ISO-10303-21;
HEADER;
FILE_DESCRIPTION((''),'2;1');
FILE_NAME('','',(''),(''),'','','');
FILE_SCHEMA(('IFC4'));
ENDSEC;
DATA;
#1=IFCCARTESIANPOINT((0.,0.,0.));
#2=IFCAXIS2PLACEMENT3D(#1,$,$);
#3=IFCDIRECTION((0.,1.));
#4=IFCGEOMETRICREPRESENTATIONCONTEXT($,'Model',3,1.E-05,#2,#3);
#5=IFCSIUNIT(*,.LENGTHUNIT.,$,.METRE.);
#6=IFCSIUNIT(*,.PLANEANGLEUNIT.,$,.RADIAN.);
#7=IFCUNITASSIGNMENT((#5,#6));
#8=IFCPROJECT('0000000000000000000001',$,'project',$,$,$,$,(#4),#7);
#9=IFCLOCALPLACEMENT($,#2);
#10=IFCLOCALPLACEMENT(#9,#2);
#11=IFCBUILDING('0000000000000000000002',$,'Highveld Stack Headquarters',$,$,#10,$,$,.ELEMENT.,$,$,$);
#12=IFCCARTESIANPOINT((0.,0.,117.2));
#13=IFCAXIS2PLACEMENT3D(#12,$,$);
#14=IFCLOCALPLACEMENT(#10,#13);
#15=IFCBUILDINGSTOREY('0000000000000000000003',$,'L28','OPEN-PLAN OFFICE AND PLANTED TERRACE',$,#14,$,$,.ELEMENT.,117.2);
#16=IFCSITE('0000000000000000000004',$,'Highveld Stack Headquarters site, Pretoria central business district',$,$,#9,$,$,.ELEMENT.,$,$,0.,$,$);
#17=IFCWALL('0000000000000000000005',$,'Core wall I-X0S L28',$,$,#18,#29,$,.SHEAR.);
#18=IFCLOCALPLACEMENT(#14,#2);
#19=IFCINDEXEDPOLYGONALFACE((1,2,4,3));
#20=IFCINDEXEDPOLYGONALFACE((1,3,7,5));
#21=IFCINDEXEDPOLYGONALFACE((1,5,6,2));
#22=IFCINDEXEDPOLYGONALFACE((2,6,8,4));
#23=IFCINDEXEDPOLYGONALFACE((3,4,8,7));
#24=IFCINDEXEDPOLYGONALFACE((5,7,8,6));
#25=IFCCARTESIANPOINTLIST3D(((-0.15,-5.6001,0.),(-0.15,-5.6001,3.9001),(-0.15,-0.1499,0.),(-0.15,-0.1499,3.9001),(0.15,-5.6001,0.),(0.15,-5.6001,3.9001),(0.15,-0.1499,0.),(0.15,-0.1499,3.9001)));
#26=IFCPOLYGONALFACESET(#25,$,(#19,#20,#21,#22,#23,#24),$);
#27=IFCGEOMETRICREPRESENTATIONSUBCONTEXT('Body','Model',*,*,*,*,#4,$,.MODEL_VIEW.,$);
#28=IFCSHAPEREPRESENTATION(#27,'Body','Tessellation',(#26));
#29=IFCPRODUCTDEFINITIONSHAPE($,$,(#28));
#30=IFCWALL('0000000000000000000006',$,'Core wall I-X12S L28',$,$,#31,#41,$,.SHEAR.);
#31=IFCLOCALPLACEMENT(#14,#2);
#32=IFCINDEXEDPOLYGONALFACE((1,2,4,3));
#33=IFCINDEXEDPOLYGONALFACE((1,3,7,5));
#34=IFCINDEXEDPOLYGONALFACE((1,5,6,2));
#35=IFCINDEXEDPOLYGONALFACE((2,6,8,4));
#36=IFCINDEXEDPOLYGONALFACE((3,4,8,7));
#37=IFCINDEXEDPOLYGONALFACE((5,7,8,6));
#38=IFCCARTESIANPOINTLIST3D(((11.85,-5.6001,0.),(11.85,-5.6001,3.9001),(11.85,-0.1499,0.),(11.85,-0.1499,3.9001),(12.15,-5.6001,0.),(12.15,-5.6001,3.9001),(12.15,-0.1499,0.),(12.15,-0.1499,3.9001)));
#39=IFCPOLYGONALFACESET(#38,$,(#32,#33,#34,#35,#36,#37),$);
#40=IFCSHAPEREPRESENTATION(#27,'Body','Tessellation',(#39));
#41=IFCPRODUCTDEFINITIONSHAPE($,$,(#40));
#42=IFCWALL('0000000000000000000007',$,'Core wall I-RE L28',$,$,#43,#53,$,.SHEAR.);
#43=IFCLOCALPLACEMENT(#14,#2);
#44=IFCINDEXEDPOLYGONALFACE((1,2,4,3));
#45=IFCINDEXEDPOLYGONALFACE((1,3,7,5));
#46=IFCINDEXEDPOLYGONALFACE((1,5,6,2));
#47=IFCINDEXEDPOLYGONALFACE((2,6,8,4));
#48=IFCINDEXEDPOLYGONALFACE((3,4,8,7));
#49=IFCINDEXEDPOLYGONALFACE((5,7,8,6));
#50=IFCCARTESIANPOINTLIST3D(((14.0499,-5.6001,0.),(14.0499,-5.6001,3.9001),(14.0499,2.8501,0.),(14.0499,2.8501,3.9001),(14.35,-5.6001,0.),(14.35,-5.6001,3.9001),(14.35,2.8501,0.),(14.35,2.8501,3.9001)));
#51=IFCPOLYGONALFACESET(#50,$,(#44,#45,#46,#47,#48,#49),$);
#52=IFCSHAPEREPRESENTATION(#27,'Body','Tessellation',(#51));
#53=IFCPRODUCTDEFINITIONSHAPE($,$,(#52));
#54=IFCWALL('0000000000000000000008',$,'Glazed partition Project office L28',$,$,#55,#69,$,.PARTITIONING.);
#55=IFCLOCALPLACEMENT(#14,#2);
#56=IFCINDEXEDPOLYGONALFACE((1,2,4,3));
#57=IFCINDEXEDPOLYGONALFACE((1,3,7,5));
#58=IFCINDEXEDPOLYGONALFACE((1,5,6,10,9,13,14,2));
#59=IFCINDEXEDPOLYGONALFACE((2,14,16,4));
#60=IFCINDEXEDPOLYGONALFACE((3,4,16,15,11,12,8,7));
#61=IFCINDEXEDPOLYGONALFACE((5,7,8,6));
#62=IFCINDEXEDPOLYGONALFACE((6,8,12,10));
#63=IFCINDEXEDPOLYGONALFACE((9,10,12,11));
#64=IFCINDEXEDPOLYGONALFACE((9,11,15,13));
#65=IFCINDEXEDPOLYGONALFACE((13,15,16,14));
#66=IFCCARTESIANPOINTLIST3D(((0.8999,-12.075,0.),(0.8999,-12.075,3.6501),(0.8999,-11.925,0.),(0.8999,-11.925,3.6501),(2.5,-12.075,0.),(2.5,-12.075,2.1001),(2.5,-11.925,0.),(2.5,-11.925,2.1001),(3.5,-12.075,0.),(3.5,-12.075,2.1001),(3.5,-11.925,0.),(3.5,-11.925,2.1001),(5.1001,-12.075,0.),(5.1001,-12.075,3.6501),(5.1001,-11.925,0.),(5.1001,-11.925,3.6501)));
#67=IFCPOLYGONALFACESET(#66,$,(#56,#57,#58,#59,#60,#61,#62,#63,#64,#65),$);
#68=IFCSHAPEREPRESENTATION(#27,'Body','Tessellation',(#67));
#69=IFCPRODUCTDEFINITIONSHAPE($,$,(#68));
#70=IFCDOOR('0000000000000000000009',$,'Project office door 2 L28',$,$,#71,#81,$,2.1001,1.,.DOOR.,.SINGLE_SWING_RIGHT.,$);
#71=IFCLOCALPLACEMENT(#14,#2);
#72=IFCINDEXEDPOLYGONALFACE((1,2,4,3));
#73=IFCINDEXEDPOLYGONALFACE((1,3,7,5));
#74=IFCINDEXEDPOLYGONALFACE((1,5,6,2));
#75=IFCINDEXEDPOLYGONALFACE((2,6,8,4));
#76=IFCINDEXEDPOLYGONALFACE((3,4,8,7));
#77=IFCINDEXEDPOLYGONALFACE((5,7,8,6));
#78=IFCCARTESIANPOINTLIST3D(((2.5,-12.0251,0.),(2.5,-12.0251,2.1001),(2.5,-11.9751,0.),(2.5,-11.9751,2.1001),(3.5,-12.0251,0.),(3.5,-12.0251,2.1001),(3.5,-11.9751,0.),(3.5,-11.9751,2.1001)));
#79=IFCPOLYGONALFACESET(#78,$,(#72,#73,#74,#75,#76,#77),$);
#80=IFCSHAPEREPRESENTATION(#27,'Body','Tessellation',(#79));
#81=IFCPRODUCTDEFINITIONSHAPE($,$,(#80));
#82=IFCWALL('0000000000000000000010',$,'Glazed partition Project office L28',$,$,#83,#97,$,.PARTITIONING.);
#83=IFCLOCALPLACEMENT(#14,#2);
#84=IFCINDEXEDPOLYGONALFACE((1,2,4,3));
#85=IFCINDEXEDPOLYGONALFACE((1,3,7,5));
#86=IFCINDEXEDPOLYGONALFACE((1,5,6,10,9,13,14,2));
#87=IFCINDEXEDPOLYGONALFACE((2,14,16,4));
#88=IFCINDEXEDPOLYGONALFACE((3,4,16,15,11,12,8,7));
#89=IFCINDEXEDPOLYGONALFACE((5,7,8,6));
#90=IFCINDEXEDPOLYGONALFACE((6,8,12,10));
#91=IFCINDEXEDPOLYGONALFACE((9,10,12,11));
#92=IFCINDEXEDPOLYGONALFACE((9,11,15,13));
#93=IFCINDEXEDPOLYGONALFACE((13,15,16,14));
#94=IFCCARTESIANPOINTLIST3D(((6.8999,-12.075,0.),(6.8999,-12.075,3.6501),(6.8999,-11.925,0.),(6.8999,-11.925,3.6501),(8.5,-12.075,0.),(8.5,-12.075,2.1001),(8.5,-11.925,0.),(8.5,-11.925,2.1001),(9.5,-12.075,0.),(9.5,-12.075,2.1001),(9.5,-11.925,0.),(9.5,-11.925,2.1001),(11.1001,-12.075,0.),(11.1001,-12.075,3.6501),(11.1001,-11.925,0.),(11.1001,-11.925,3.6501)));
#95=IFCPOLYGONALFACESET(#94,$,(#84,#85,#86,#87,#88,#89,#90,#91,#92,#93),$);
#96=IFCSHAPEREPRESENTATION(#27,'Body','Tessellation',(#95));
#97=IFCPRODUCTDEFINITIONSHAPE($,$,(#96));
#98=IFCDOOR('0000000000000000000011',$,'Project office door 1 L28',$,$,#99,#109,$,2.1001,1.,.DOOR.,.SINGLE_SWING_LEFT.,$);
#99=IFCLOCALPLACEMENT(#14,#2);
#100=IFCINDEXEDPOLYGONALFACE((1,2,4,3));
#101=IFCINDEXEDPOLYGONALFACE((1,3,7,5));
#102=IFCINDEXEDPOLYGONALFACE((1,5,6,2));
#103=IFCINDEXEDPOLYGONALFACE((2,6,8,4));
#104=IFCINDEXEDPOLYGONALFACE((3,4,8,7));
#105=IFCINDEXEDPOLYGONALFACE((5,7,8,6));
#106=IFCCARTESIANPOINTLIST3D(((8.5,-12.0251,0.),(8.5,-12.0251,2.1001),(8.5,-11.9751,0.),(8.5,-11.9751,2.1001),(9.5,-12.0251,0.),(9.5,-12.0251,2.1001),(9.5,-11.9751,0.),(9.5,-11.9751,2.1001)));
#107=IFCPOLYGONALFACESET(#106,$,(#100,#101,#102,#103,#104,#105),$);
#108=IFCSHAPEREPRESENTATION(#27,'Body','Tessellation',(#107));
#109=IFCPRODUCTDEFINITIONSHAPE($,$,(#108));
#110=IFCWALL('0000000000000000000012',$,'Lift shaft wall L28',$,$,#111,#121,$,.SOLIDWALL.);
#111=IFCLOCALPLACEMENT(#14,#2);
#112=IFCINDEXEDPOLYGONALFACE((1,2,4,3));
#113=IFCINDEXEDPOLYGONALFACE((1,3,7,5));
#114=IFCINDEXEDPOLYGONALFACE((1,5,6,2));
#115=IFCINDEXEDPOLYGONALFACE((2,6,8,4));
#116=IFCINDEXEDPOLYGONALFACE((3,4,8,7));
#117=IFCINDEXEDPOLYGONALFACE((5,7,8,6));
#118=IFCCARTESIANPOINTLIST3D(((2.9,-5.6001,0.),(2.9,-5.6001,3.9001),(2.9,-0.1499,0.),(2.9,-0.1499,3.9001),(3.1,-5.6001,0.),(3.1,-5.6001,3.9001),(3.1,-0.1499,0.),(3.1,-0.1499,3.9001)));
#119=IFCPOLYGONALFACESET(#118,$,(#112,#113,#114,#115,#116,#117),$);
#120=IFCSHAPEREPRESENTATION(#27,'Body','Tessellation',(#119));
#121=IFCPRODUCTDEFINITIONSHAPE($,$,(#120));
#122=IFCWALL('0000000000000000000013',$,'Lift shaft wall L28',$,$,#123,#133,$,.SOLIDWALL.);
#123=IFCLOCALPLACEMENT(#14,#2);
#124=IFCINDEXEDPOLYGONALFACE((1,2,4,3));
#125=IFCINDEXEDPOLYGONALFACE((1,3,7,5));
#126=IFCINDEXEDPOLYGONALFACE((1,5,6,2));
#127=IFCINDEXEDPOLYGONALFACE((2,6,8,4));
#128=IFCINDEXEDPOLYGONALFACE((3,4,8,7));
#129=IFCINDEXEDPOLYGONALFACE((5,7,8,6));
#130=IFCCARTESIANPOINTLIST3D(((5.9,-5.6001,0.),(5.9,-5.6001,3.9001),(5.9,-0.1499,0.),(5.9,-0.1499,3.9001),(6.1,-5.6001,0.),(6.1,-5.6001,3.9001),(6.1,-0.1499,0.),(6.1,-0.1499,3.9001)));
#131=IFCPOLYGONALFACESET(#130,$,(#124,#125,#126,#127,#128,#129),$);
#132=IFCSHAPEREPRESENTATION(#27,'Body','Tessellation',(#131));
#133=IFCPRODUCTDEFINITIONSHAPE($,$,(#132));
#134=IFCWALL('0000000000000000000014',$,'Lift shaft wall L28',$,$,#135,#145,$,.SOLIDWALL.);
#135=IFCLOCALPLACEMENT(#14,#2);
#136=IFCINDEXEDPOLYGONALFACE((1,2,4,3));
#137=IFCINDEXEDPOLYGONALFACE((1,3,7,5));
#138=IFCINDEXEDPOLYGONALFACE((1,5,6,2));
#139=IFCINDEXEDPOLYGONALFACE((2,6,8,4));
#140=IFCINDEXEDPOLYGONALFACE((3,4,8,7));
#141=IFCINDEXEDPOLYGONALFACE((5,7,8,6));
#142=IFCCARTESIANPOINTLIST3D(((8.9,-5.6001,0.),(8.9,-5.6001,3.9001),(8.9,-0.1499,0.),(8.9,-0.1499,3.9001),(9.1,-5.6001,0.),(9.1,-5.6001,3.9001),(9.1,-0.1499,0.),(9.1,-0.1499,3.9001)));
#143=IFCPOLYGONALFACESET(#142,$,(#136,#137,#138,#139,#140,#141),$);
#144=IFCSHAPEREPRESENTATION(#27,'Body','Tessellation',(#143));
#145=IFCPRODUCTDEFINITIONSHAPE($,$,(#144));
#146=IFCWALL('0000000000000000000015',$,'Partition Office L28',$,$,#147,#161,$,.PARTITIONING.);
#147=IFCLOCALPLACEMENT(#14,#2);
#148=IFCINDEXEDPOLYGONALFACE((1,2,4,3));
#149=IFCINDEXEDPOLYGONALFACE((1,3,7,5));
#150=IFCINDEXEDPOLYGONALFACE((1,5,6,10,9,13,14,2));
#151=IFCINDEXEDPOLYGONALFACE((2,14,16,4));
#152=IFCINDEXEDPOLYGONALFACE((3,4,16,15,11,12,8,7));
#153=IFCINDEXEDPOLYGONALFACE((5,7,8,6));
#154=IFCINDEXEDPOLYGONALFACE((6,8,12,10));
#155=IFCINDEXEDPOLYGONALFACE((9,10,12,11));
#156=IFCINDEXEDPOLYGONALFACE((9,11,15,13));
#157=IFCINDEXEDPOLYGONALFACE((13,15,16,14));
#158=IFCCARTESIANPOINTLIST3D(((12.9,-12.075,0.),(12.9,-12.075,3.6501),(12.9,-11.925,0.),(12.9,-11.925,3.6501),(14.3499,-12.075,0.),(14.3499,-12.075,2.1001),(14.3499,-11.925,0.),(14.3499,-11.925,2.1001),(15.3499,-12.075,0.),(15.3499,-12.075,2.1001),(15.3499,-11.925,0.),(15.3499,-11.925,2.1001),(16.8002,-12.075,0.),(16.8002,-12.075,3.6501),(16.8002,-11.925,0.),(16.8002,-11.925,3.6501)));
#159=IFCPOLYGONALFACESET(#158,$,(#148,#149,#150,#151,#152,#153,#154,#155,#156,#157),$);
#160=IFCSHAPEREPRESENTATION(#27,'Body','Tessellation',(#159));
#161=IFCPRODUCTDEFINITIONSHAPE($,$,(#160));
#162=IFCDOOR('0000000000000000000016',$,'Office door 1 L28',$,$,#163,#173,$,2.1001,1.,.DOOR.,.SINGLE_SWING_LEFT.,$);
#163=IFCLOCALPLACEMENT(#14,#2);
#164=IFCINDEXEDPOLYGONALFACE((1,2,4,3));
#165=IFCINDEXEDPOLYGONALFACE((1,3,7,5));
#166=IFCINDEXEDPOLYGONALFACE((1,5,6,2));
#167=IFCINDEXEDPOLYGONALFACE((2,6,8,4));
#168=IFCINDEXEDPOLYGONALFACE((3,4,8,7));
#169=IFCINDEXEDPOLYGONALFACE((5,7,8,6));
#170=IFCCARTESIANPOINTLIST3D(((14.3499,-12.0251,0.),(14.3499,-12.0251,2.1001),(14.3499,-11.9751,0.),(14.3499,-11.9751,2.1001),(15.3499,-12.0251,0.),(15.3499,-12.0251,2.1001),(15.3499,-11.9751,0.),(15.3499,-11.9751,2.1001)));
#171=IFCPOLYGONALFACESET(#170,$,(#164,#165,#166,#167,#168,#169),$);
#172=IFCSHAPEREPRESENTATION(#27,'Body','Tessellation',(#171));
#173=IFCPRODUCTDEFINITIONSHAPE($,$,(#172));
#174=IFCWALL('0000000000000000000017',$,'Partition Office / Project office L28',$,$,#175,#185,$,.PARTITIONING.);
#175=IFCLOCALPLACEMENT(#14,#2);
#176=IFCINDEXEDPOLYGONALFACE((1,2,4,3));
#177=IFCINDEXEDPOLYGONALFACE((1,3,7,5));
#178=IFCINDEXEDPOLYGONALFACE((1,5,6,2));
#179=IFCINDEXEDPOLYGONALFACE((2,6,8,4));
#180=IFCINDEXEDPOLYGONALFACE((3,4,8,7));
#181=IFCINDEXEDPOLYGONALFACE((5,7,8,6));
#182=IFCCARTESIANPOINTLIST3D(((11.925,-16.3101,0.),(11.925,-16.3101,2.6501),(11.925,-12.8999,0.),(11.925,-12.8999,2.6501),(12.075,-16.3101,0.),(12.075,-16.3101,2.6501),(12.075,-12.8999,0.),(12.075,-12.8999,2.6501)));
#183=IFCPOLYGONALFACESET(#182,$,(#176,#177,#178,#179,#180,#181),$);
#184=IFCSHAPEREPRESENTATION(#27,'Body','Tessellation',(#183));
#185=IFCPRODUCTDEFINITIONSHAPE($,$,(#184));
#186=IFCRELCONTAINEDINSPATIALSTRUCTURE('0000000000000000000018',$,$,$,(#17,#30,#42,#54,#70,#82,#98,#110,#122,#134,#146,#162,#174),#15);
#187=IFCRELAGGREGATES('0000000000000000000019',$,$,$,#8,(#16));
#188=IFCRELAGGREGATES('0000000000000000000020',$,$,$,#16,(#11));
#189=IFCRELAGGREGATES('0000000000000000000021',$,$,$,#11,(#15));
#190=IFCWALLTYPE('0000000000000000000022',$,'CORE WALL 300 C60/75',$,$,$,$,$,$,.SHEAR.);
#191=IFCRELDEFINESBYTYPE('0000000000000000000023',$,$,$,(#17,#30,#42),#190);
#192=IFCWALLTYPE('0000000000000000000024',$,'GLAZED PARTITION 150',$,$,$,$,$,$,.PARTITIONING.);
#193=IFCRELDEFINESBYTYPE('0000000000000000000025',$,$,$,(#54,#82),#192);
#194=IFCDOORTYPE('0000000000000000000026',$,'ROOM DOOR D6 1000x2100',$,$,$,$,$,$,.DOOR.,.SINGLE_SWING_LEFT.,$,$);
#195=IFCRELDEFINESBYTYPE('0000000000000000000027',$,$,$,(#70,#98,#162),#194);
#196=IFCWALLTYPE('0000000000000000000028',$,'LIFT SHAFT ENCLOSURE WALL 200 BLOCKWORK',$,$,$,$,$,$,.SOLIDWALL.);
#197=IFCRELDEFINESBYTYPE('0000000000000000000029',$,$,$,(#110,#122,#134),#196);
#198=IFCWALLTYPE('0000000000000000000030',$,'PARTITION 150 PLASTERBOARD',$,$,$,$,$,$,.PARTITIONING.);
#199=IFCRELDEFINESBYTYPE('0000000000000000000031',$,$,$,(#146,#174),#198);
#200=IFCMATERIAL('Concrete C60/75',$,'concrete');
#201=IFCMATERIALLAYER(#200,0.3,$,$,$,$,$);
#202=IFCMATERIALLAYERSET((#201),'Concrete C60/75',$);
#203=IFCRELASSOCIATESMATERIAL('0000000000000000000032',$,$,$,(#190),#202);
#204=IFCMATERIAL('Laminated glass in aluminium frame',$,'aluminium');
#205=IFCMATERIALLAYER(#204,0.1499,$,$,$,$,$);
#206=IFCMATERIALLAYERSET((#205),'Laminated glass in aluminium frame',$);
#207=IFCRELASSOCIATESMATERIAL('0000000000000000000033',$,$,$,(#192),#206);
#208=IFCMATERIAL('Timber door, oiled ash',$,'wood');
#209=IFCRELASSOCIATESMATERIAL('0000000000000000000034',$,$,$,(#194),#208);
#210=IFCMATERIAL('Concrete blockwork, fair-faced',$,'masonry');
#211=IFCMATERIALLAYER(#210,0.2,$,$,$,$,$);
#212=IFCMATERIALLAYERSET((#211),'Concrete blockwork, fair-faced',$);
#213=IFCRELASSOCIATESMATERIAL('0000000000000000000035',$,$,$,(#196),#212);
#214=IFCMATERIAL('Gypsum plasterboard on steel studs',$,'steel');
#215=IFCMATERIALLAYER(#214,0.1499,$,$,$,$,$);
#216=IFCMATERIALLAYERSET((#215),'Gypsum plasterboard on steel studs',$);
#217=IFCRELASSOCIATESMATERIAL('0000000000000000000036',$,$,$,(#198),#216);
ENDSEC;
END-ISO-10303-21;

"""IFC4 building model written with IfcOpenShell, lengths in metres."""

from ifc_helpers import new_model, si_unit, direction, frame, frame_2d, origin, place, context, subcontext, project, spatial, rectangle, extrude, material, layer, layer_set, type_object, element, fill, save


model = new_model("IFC4")

# Units and contexts
model_context = context("Model", 3, precision=1e-05, world=origin(), true_north=direction((0.0, 1.0)))
body_context = subcontext(model_context, "Body", "Model", "MODEL_VIEW")
ifc_project = project(units=[si_unit("LENGTHUNIT", "METRE"), si_unit("PLANEANGLEUNIT", "RADIAN")], contexts=[model_context])

# Site, building, storey
site_placement = place(None, origin())
site = spatial("IfcSite", under=ifc_project, at=site_placement, Name="Highveld Stack Headquarters site, Pretoria central business district", CompositionType="ELEMENT", RefElevation=0.0)
building_placement = place(site_placement, origin())
building = spatial("IfcBuilding", under=site, at=building_placement, Name="Highveld Stack Headquarters", CompositionType="ELEMENT")
storey_placement = place(building_placement, frame((0.0, 0.0, 117.2)))
storey = spatial("IfcBuildingStorey", under=building, at=storey_placement, Name="L28", Description="OPEN-PLAN OFFICE AND PLANTED TERRACE", CompositionType="ELEMENT", Elevation=117.2)

# Walls
ifc_material_1 = material(Name="Concrete C60/75", Category="concrete")
ifc_layer_1 = layer(ifc_material_1, 0.3)
ifc_layer_set_1 = layer_set([ifc_layer_1], Name="Concrete C60/75")
wall_type_1 = type_object("IfcWallType", Name="CORE WALL 300 C60/75", PredefinedType="SHEAR", material=ifc_layer_set_1)
for number, where, z_axis, x_axis, name in (
    (1, (0.0, -5.6001, 0.0), (0.0, 0.0, 1.0), (0.0, 1.0, 0.0), "Core wall I-X0S L28"),
    (2, (12.0, -5.6001, 0.0), (0.0, 0.0, 1.0), (0.0, 1.0, 0.0), "Core wall I-X12S L28"),
):
    element("IfcWall", number, at=place(storey_placement, frame(where, z_axis=z_axis, x_axis=x_axis)), inside=storey, type_object=wall_type_1, Name=name, PredefinedType="SHEAR", context=body_context, shape_type="SweptSolid", body=[
        extrude(rectangle(XDim=5.4502, YDim=0.3, at=frame_2d((2.7251, 0.0))), origin(), (0.0, 0.0, 1.0), 3.9001),
    ])
wall_1_placement = place(storey_placement, frame((14.2, -5.6001, 0.0), z_axis=(0.0, 0.0, 1.0), x_axis=(0.0, 1.0, 0.0)))
element("IfcWall", 3, at=wall_1_placement, inside=storey, type_object=wall_type_1, Name="Core wall I-RE L28", PredefinedType="SHEAR", context=body_context, shape_type="SweptSolid", body=[
    extrude(rectangle(XDim=8.4502, YDim=0.3, at=frame_2d((4.2251, 0.0))), origin(), (0.0, 0.0, 1.0), 3.9001),
])

# Walls, openings, doors
ifc_material_2 = material(Name="Laminated glass in aluminium frame", Category="aluminium")
ifc_layer_2 = layer(ifc_material_2, 0.1499)
ifc_layer_set_2 = layer_set([ifc_layer_2], Name="Laminated glass in aluminium frame")
wall_type_2 = type_object("IfcWallType", Name="GLAZED PARTITION 150", PredefinedType="PARTITIONING", material=ifc_layer_set_2)
wall_2_placement = place(storey_placement, frame((0.8999, -12.0, 0.0), z_axis=(0.0, 0.0, 1.0), x_axis=(1.0, 0.0, 0.0)))
wall_2 = element("IfcWall", 4, at=wall_2_placement, inside=storey, type_object=wall_type_2, Name="Glazed partition Project office L28", PredefinedType="PARTITIONING", context=body_context, shape_type="SweptSolid", body=[
    extrude(rectangle(XDim=4.2002, YDim=0.1499, at=frame_2d((2.1001, 0.0))), origin(), (0.0, 0.0, 1.0), 3.6501),
])
opening_1_placement = place(wall_2_placement, frame((1.6001, 0.0, 0.0)))
opening_1 = element("IfcOpeningElement", 5, at=opening_1_placement, cuts=wall_2, PredefinedType="OPENING", context=body_context, shape_type="SweptSolid", body=[
    extrude(rectangle(XDim=1.0, YDim=2.1001, at=frame_2d((0.5, 1.05))), frame((0.0, 0.085, 0.0), z_axis=(0.0, -1.0, 0.0), x_axis=(1.0, 0.0, 0.0)), (0.0, 0.0, 1.0), 0.1699),
])
ifc_material_3 = material(Name="Timber door, oiled ash", Category="wood")
door_type = type_object("IfcDoorType", Name="ROOM DOOR D6 1000x2100", OperationType="SINGLE_SWING_LEFT", PredefinedType="DOOR", material=ifc_material_3)
door_1_placement = place(opening_1_placement, origin())
door_1 = element("IfcDoor", 6, at=door_1_placement, inside=storey, type_object=door_type, Name="Project office door 2 L28", OperationType="SINGLE_SWING_RIGHT", OverallHeight=2.1001, OverallWidth=1.0, PredefinedType="DOOR", context=body_context, shape_type="SweptSolid", body=[
    extrude(rectangle(XDim=1.0, YDim=2.1001, at=frame_2d((0.5, 1.05))), frame((0.0, 0.0249, 0.0), z_axis=(0.0, -1.0, 0.0), x_axis=(1.0, 0.0, 0.0)), (0.0, 0.0, 1.0), 0.05),
])
fill(opening_1, door_1)
wall_3_placement = place(storey_placement, frame((6.8999, -12.0, 0.0), z_axis=(0.0, 0.0, 1.0), x_axis=(1.0, 0.0, 0.0)))
wall_3 = element("IfcWall", 7, at=wall_3_placement, inside=storey, type_object=wall_type_2, Name="Glazed partition Project office L28", PredefinedType="PARTITIONING", context=body_context, shape_type="SweptSolid", body=[
    extrude(rectangle(XDim=4.2002, YDim=0.1499, at=frame_2d((2.1001, 0.0))), origin(), (0.0, 0.0, 1.0), 3.6501),
])
opening_2_placement = place(wall_3_placement, frame((1.6001, 0.0, 0.0)))
opening_2 = element("IfcOpeningElement", 8, at=opening_2_placement, cuts=wall_3, PredefinedType="OPENING", context=body_context, shape_type="SweptSolid", body=[
    extrude(rectangle(XDim=1.0, YDim=2.1001, at=frame_2d((0.5, 1.05))), frame((0.0, 0.085, 0.0), z_axis=(0.0, -1.0, 0.0), x_axis=(1.0, 0.0, 0.0)), (0.0, 0.0, 1.0), 0.1699),
])
door_2_placement = place(opening_2_placement, origin())
door_2 = element("IfcDoor", 9, at=door_2_placement, inside=storey, type_object=door_type, Name="Project office door 1 L28", OperationType="SINGLE_SWING_LEFT", OverallHeight=2.1001, OverallWidth=1.0, PredefinedType="DOOR", context=body_context, shape_type="SweptSolid", body=[
    extrude(rectangle(XDim=1.0, YDim=2.1001, at=frame_2d((0.5, 1.05))), frame((0.0, 0.0249, 0.0), z_axis=(0.0, -1.0, 0.0), x_axis=(1.0, 0.0, 0.0)), (0.0, 0.0, 1.0), 0.05),
])
fill(opening_2, door_2)

# Walls
ifc_material_4 = material(Name="Concrete blockwork, fair-faced", Category="masonry")
ifc_layer_3 = layer(ifc_material_4, 0.2)
ifc_layer_set_3 = layer_set([ifc_layer_3], Name="Concrete blockwork, fair-faced")
wall_type_3 = type_object("IfcWallType", Name="LIFT SHAFT ENCLOSURE WALL 200 BLOCKWORK", PredefinedType="SOLIDWALL", material=ifc_layer_set_3)
for number, where, z_axis, x_axis, name in (
    (10, (3.0, -5.6001, 0.0), (0.0, 0.0, 1.0), (0.0, 1.0, 0.0), "Lift shaft wall L28"),
    (11, (6.0, -5.6001, 0.0), (0.0, 0.0, 1.0), (0.0, 1.0, 0.0), "Lift shaft wall L28"),
    (12, (9.0, -5.6001, 0.0), (0.0, 0.0, 1.0), (0.0, 1.0, 0.0), "Lift shaft wall L28"),
):
    element("IfcWall", number, at=place(storey_placement, frame(where, z_axis=z_axis, x_axis=x_axis)), inside=storey, type_object=wall_type_3, Name=name, PredefinedType="SOLIDWALL", context=body_context, shape_type="SweptSolid", body=[
        extrude(rectangle(XDim=5.4502, YDim=0.2, at=frame_2d((2.7251, 0.0))), origin(), (0.0, 0.0, 1.0), 3.9001),
    ])

# Wall, opening, door
ifc_material_5 = material(Name="Gypsum plasterboard on steel studs", Category="steel")
ifc_layer_4 = layer(ifc_material_5, 0.1499)
ifc_layer_set_4 = layer_set([ifc_layer_4], Name="Gypsum plasterboard on steel studs")
wall_type_4 = type_object("IfcWallType", Name="PARTITION 150 PLASTERBOARD", PredefinedType="PARTITIONING", material=ifc_layer_set_4)
wall_4_placement = place(storey_placement, frame((12.8999, -12.0, 0.0), z_axis=(0.0, 0.0, 1.0), x_axis=(1.0, 0.0, 0.0)))
wall_4 = element("IfcWall", 13, at=wall_4_placement, inside=storey, type_object=wall_type_4, Name="Partition Office L28", PredefinedType="PARTITIONING", context=body_context, shape_type="SweptSolid", body=[
    extrude(rectangle(XDim=3.9001, YDim=0.1499, at=frame_2d((1.9502, 0.0))), origin(), (0.0, 0.0, 1.0), 3.6501),
])
opening_3_placement = place(wall_4_placement, frame((1.45, 0.0, 0.0)))
opening_3 = element("IfcOpeningElement", 14, at=opening_3_placement, cuts=wall_4, PredefinedType="OPENING", context=body_context, shape_type="SweptSolid", body=[
    extrude(rectangle(XDim=1.0, YDim=2.1001, at=frame_2d((0.5, 1.05))), frame((0.0, 0.085, 0.0), z_axis=(0.0, -1.0, 0.0), x_axis=(1.0, 0.0, 0.0)), (0.0, 0.0, 1.0), 0.1699),
])
door_3_placement = place(opening_3_placement, origin())
door_3 = element("IfcDoor", 15, at=door_3_placement, inside=storey, type_object=door_type, Name="Office door 1 L28", OperationType="SINGLE_SWING_LEFT", OverallHeight=2.1001, OverallWidth=1.0, PredefinedType="DOOR", context=body_context, shape_type="SweptSolid", body=[
    extrude(rectangle(XDim=1.0, YDim=2.1001, at=frame_2d((0.5, 1.05))), frame((0.0, 0.0249, 0.0), z_axis=(0.0, -1.0, 0.0), x_axis=(1.0, 0.0, 0.0)), (0.0, 0.0, 1.0), 0.05),
])
fill(opening_3, door_3)

# Wall
wall_5_placement = place(storey_placement, frame((12.0, -16.3101, 0.0), z_axis=(0.0, 0.0, 1.0), x_axis=(0.0, 1.0, 0.0)))
element("IfcWall", 16, at=wall_5_placement, inside=storey, type_object=wall_type_4, Name="Partition Office / Project office L28", PredefinedType="PARTITIONING", context=body_context, shape_type="SweptSolid", body=[
    extrude(rectangle(XDim=3.4102, YDim=0.1499, at=frame_2d((1.7051, 0.0))), origin(), (0.0, 0.0, 1.0), 2.6501),
])

save(model, "model.ifc")
